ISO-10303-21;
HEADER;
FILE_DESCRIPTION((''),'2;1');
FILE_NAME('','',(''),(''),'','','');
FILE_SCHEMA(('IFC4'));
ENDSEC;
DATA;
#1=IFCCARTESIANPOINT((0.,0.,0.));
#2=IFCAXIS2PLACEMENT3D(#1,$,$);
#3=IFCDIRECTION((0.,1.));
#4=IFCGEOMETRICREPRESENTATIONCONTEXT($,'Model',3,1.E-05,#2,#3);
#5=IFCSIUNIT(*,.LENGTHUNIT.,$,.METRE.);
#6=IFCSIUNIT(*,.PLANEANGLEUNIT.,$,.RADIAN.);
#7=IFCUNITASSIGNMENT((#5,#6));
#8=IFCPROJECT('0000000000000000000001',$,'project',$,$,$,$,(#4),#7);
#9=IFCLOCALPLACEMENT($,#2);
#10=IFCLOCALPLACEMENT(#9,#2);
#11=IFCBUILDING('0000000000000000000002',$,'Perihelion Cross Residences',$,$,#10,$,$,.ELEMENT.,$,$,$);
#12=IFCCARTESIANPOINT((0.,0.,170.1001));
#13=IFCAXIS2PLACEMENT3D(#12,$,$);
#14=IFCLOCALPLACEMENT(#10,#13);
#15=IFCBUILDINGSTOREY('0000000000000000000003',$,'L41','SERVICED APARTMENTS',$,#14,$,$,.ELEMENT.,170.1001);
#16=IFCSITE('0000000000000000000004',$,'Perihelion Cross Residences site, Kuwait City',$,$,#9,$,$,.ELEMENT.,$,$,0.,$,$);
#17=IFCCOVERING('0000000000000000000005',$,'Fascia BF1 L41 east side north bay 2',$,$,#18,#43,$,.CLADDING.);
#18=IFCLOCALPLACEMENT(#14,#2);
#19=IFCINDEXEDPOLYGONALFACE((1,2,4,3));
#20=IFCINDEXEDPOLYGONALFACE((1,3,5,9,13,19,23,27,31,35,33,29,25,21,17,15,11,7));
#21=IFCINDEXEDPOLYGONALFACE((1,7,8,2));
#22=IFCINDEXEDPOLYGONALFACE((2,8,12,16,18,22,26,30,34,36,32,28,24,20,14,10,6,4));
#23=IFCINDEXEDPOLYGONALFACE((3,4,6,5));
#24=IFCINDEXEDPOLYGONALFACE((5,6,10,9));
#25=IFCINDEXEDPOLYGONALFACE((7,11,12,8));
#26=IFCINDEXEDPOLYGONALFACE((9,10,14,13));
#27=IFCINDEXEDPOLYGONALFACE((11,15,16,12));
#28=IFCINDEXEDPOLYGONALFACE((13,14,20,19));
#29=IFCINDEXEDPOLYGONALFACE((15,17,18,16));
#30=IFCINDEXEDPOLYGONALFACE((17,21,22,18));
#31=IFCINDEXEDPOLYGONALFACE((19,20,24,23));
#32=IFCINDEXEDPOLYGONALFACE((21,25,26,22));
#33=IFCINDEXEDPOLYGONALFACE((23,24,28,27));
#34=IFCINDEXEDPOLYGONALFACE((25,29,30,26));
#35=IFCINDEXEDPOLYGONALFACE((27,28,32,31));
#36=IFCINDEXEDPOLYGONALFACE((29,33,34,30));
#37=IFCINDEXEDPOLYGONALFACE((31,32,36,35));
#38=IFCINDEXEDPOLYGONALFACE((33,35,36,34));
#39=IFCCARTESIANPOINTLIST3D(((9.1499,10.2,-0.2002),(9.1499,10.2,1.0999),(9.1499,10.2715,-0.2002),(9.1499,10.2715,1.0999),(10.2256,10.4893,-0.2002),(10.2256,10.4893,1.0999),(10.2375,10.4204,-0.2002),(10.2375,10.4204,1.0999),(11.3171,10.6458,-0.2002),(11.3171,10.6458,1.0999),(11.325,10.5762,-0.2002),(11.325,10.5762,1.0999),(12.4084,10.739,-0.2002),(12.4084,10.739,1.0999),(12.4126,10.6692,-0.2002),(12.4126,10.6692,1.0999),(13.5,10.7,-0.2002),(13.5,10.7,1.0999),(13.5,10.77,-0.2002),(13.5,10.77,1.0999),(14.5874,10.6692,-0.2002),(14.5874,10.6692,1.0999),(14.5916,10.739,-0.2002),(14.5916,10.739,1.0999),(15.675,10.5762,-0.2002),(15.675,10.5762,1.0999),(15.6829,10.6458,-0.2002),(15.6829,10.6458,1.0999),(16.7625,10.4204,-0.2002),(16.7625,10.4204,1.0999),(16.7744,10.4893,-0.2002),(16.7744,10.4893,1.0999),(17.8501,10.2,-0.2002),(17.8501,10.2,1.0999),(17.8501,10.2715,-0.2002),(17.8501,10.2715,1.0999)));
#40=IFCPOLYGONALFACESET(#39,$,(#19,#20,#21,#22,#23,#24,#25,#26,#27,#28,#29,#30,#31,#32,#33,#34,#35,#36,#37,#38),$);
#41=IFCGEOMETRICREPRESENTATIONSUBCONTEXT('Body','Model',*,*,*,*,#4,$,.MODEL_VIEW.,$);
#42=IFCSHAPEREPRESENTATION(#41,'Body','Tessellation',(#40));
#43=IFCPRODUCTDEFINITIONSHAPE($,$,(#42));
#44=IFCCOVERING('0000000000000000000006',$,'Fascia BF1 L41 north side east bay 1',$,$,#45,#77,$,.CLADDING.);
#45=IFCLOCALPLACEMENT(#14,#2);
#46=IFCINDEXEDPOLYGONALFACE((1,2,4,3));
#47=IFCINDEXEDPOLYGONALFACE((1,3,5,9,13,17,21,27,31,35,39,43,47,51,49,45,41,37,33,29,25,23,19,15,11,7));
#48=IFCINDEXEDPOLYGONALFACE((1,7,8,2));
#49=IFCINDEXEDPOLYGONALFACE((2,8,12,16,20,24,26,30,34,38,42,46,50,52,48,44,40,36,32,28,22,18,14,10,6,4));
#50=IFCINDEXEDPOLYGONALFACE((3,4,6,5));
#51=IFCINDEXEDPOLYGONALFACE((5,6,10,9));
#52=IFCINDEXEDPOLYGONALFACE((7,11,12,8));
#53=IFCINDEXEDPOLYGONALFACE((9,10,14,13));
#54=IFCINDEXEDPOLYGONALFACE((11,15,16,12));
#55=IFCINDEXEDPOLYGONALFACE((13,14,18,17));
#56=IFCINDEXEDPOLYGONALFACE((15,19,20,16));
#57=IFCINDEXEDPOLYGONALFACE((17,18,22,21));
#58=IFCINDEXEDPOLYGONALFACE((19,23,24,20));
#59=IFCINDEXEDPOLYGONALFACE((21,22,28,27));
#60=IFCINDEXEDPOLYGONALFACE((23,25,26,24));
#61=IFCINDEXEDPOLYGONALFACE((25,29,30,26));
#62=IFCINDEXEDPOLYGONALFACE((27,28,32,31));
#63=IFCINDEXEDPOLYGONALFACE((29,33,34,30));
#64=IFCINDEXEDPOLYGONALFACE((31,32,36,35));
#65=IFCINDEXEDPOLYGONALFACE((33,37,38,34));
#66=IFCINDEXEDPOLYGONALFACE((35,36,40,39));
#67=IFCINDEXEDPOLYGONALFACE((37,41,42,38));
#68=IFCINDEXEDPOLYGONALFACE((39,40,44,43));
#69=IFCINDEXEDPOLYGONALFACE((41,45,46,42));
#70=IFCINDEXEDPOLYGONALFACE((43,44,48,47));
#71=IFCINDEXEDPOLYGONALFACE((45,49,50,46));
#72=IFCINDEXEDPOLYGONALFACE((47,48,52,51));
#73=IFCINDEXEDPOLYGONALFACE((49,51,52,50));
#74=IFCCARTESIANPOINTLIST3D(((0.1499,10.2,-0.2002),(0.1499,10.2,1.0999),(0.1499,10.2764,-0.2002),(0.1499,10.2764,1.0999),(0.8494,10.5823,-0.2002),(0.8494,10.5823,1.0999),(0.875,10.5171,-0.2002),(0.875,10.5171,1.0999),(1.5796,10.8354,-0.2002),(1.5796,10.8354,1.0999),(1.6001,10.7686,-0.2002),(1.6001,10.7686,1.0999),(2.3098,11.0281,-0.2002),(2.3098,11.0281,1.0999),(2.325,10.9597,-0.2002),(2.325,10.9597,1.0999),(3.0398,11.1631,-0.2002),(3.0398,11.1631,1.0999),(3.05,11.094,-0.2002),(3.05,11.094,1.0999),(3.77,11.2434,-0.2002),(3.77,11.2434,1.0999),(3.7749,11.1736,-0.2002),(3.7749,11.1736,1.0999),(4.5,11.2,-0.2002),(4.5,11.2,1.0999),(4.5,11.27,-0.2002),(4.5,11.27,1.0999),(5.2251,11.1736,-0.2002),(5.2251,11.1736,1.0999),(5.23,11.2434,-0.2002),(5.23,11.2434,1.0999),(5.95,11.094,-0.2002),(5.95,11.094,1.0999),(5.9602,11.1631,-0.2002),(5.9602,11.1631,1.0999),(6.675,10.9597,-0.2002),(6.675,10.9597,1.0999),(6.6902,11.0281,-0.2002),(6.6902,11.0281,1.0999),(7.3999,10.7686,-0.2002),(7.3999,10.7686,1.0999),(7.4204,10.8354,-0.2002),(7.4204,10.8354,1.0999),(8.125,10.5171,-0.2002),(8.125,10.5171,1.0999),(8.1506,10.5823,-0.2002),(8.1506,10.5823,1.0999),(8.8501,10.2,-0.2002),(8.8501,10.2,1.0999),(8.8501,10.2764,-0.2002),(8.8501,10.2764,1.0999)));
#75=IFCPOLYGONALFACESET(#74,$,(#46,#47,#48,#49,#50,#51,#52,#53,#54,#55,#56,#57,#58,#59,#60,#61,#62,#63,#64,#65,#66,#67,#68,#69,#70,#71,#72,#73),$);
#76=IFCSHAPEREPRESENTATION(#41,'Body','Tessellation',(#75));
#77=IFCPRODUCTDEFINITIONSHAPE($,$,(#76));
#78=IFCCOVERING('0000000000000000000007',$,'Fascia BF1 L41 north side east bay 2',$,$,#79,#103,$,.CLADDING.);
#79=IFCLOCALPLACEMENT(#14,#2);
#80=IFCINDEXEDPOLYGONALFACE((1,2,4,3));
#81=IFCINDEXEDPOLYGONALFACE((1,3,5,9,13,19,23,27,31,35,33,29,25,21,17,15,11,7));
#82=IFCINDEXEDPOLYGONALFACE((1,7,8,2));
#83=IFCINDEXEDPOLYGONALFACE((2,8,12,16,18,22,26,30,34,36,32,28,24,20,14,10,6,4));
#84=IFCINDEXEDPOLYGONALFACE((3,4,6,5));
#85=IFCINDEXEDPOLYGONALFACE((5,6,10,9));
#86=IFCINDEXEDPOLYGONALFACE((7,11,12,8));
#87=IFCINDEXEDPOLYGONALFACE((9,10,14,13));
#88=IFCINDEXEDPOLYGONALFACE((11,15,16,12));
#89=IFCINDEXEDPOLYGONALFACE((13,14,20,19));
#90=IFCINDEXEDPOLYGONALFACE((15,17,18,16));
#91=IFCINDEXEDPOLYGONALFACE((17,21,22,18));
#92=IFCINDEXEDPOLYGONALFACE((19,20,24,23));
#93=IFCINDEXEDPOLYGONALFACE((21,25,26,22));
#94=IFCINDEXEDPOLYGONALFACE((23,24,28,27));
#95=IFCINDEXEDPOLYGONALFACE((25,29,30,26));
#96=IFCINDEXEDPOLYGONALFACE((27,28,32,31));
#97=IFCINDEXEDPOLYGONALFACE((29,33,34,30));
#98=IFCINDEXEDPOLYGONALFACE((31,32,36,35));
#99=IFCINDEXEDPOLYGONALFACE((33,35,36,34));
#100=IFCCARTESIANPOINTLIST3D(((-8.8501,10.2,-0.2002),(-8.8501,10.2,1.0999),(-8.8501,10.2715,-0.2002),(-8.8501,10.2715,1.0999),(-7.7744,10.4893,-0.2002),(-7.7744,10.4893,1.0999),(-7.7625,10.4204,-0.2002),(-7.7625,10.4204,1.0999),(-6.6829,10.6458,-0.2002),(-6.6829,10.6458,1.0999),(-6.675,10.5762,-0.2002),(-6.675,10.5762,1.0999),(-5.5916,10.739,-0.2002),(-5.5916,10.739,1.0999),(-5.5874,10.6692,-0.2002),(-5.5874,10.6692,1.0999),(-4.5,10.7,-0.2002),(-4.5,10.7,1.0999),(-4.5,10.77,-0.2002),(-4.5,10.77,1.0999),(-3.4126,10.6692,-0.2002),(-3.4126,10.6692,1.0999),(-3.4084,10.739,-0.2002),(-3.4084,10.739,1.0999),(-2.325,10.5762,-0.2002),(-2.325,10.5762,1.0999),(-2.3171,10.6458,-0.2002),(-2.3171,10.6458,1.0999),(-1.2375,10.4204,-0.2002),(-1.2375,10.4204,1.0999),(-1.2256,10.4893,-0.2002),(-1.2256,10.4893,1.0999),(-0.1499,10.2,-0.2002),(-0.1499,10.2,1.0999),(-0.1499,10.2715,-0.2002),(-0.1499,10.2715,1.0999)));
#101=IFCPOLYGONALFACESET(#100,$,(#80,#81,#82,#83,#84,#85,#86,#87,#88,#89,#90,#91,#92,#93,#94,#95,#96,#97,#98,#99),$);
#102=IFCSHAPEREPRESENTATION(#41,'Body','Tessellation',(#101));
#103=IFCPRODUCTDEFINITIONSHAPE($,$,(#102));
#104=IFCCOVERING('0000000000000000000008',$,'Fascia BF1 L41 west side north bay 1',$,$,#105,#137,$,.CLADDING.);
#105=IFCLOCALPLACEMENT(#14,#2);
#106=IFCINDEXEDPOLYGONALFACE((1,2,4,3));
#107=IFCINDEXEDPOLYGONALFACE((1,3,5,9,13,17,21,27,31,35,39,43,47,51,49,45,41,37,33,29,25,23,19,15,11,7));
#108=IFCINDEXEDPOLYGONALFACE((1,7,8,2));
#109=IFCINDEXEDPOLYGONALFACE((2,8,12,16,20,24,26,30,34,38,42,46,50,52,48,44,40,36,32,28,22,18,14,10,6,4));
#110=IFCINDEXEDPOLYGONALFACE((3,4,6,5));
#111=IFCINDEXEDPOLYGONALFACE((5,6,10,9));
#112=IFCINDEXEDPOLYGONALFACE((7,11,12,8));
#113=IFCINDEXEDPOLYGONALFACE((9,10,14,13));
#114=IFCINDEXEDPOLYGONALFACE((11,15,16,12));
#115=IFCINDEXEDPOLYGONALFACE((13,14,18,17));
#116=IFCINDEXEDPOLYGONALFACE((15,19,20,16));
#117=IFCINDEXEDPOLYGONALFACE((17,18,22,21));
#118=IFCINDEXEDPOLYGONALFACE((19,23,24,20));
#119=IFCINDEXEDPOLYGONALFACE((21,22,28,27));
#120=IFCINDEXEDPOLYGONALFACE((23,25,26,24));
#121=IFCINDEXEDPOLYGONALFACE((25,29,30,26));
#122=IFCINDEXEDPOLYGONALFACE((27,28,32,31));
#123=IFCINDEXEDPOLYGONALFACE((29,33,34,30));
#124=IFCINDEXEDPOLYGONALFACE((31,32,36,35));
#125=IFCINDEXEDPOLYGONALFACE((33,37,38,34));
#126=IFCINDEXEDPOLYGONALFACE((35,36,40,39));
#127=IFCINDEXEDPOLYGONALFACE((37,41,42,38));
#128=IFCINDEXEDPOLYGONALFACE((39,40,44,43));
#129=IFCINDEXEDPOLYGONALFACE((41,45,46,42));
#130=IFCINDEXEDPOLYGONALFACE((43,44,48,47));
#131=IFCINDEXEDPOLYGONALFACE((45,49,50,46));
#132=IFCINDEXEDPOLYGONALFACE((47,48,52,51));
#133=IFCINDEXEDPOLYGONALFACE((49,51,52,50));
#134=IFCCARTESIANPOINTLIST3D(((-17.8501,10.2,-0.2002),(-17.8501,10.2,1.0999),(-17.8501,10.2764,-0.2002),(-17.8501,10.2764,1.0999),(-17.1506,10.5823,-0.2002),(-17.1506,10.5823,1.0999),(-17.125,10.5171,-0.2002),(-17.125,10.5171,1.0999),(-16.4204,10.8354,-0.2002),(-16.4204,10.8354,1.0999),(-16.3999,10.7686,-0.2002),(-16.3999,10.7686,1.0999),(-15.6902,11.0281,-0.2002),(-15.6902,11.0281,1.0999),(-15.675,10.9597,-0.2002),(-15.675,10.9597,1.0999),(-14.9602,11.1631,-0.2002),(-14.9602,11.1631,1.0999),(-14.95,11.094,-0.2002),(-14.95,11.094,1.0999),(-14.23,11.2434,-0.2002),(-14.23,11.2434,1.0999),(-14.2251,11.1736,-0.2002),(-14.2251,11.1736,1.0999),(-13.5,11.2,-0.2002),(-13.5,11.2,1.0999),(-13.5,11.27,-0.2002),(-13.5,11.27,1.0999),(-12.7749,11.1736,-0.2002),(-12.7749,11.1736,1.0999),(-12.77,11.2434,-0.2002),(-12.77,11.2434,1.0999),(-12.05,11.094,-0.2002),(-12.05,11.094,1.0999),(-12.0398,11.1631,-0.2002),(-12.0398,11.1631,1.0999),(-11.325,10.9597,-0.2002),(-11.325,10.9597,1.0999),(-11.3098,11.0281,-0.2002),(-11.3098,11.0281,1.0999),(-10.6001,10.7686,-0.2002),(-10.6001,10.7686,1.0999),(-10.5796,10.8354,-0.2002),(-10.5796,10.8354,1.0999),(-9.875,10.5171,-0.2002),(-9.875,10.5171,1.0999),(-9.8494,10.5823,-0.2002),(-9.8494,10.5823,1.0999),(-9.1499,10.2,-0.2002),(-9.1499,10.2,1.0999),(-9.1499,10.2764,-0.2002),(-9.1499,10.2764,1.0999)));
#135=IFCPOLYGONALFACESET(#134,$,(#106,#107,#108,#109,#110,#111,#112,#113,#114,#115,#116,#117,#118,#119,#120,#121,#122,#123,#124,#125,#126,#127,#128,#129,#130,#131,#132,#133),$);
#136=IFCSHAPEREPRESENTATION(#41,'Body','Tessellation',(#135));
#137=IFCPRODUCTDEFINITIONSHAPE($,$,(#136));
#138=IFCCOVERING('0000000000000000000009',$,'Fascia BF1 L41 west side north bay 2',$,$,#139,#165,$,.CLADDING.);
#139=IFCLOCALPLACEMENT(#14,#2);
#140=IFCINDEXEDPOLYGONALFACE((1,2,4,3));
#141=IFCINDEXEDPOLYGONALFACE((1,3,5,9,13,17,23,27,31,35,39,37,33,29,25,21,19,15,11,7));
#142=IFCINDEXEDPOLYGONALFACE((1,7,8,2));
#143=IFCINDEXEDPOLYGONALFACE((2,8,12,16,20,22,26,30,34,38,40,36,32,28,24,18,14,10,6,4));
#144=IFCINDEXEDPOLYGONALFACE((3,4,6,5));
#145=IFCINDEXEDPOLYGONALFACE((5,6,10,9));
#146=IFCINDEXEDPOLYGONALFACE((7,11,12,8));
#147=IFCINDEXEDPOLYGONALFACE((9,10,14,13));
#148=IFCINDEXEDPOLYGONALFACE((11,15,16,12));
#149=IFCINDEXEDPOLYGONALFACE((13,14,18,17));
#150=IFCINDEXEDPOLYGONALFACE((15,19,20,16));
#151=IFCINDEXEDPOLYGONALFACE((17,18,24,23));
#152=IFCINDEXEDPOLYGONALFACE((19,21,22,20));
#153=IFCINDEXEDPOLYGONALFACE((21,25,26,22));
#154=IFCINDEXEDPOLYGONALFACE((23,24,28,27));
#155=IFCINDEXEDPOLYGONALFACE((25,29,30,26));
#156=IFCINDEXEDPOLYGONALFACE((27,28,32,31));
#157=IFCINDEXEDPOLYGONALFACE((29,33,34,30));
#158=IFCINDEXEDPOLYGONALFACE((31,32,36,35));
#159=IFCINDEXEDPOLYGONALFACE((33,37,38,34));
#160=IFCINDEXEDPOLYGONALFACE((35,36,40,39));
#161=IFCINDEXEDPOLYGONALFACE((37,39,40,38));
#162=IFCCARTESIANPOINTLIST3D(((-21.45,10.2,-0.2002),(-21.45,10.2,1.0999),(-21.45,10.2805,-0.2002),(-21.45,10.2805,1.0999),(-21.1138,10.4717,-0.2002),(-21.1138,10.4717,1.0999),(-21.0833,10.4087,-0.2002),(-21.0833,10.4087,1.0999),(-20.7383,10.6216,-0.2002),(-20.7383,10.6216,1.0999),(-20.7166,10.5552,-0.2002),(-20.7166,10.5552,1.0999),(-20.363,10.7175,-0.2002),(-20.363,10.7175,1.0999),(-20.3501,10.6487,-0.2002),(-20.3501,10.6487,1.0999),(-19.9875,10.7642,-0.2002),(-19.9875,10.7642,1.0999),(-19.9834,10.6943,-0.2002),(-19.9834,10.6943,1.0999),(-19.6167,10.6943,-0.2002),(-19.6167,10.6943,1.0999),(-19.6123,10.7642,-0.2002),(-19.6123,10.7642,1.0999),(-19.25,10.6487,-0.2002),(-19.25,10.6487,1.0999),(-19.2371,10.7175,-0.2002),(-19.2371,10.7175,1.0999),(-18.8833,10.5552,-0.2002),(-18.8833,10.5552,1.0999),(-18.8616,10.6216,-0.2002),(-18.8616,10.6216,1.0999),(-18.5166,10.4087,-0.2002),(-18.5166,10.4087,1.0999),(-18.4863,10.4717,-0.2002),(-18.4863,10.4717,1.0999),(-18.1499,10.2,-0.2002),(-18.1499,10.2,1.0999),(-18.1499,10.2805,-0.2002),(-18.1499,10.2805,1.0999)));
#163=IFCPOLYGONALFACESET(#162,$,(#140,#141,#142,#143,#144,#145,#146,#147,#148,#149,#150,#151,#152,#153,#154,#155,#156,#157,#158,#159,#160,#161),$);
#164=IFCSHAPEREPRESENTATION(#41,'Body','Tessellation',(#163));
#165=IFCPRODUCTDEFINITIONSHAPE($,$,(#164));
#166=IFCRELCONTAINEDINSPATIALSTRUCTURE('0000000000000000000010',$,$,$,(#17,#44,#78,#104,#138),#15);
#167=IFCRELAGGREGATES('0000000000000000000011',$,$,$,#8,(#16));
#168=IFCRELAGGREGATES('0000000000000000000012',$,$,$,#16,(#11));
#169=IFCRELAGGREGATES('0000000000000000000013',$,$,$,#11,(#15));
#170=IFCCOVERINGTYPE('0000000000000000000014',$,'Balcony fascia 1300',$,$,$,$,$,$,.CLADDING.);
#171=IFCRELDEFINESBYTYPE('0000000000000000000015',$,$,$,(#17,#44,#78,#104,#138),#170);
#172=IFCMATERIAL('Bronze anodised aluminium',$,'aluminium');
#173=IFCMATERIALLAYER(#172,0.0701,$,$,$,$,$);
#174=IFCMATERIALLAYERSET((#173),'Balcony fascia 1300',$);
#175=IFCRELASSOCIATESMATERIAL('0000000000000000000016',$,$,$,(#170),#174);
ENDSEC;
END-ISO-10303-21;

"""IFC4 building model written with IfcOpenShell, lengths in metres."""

from ifc_helpers import new_model, si_unit, direction, frame, origin, place, context, subcontext, project, spatial, polyline, outline, extrude, material, layer, layer_set, type_object, element, save


model = new_model("IFC4")

# Units and contexts
model_context = context("Model", 3, precision=1e-05, world=origin(), true_north=direction((0.0, 1.0)))
body_context = subcontext(model_context, "Body", "Model", "MODEL_VIEW")
ifc_project = project(units=[si_unit("LENGTHUNIT", "METRE"), si_unit("PLANEANGLEUNIT", "RADIAN")], contexts=[model_context])

# Site, building, storey
site_placement = place(None, origin())
site = spatial("IfcSite", under=ifc_project, at=site_placement, Name="Perihelion Cross Residences site, Kuwait City", CompositionType="ELEMENT", RefElevation=0.0)
building_placement = place(site_placement, origin())
building = spatial("IfcBuilding", under=site, at=building_placement, Name="Perihelion Cross Residences", CompositionType="ELEMENT")
storey_placement = place(building_placement, frame((0.0, 0.0, 170.1001)))
storey = spatial("IfcBuildingStorey", under=building, at=storey_placement, Name="L41", Description="SERVICED APARTMENTS", CompositionType="ELEMENT", Elevation=170.1001)

# Coverings
ifc_material_1 = material(Name="Bronze anodised aluminium", Category="aluminium")
ifc_layer_1 = layer(ifc_material_1, 0.0701)
ifc_layer_set_1 = layer_set([ifc_layer_1], Name="Balcony fascia 1300")
covering_type = type_object("IfcCoveringType", Name="Balcony fascia 1300", PredefinedType="CLADDING", material=ifc_layer_set_1)
covering_1_placement = place(storey_placement, frame((0.0, 0.0, -0.2002)))
element("IfcCovering", 1, at=covering_1_placement, inside=storey, type_object=covering_type, Name="Fascia BF1 L41 east side north bay 2", PredefinedType="CLADDING", context=body_context, shape_type="SweptSolid", body=[
    extrude(outline(polyline([(16.7744, 10.4893), (15.6829, 10.6458), (14.5916, 10.739), (13.5, 10.77), (12.4084, 10.739), (11.3171, 10.6458), (10.2256, 10.4893), (9.1499, 10.2715), (9.1499, 10.2), (10.2375, 10.4204), (11.325, 10.5762), (12.4126, 10.6692), (13.5, 10.7), (14.5874, 10.6692), (15.675, 10.5762), (16.7625, 10.4204), (17.8501, 10.2), (17.8501, 10.2715), (16.7744, 10.4893)])), origin(), (0.0, 0.0, 1.0), 1.3),
])
covering_2_placement = place(storey_placement, frame((0.0, 0.0, -0.2002)))
element("IfcCovering", 2, at=covering_2_placement, inside=storey, type_object=covering_type, Name="Fascia BF1 L41 north side east bay 1", PredefinedType="CLADDING", context=body_context, shape_type="SweptSolid", body=[
    extrude(outline(polyline([(8.1506, 10.5823), (7.4204, 10.8354), (6.6902, 11.0281), (5.9602, 11.1631), (5.23, 11.2434), (4.5, 11.27), (3.77, 11.2434), (3.0398, 11.1631), (2.3098, 11.0281), (1.5796, 10.8354), (0.8494, 10.5823), (0.1499, 10.2764), (0.1499, 10.2), (0.875, 10.5171), (1.6001, 10.7686), (2.325, 10.9597), (3.05, 11.094), (3.7749, 11.1736), (4.5, 11.2), (5.2251, 11.1736), (5.95, 11.094), (6.675, 10.9597), (7.3999, 10.7686), (8.125, 10.5171), (8.8501, 10.2), (8.8501, 10.2764), (8.1506, 10.5823)])), origin(), (0.0, 0.0, 1.0), 1.3),
])
covering_3_placement = place(storey_placement, frame((0.0, 0.0, -0.2002)))
element("IfcCovering", 3, at=covering_3_placement, inside=storey, type_object=covering_type, Name="Fascia BF1 L41 north side east bay 2", PredefinedType="CLADDING", context=body_context, shape_type="SweptSolid", body=[
    extrude(outline(polyline([(-1.2256, 10.4893), (-2.3171, 10.6458), (-3.4084, 10.739), (-4.5, 10.77), (-5.5916, 10.739), (-6.6829, 10.6458), (-7.7744, 10.4893), (-8.8501, 10.2715), (-8.8501, 10.2), (-7.7625, 10.4204), (-6.675, 10.5762), (-5.5874, 10.6692), (-4.5, 10.7), (-3.4126, 10.6692), (-2.325, 10.5762), (-1.2375, 10.4204), (-0.1499, 10.2), (-0.1499, 10.2715), (-1.2256, 10.4893)])), origin(), (0.0, 0.0, 1.0), 1.3),
])
covering_4_placement = place(storey_placement, frame((0.0, 0.0, -0.2002)))
element("IfcCovering", 4, at=covering_4_placement, inside=storey, type_object=covering_type, Name="Fascia BF1 L41 west side north bay 1", PredefinedType="CLADDING", context=body_context, shape_type="SweptSolid", body=[
    extrude(outline(polyline([(-9.8494, 10.5823), (-10.5796, 10.8354), (-11.3098, 11.0281), (-12.0398, 11.1631), (-12.77, 11.2434), (-13.5, 11.27), (-14.23, 11.2434), (-14.9602, 11.1631), (-15.6902, 11.0281), (-16.4204, 10.8354), (-17.1506, 10.5823), (-17.8501, 10.2764), (-17.8501, 10.2), (-17.125, 10.5171), (-16.3999, 10.7686), (-15.675, 10.9597), (-14.95, 11.094), (-14.2251, 11.1736), (-13.5, 11.2), (-12.7749, 11.1736), (-12.05, 11.094), (-11.325, 10.9597), (-10.6001, 10.7686), (-9.875, 10.5171), (-9.1499, 10.2), (-9.1499, 10.2764), (-9.8494, 10.5823)])), origin(), (0.0, 0.0, 1.0), 1.3),
])
covering_5_placement = place(storey_placement, frame((0.0, 0.0, -0.2002)))
element("IfcCovering", 5, at=covering_5_placement, inside=storey, type_object=covering_type, Name="Fascia BF1 L41 west side north bay 2", PredefinedType="CLADDING", context=body_context, shape_type="SweptSolid", body=[
    extrude(outline(polyline([(-18.4863, 10.4717), (-18.8616, 10.6216), (-19.2371, 10.7175), (-19.6123, 10.7642), (-19.9875, 10.7642), (-20.363, 10.7175), (-20.7383, 10.6216), (-21.1138, 10.4717), (-21.45, 10.2805), (-21.45, 10.2), (-21.0833, 10.4087), (-20.7166, 10.5552), (-20.3501, 10.6487), (-19.9834, 10.6943), (-19.6167, 10.6943), (-19.25, 10.6487), (-18.8833, 10.5552), (-18.5166, 10.4087), (-18.1499, 10.2), (-18.1499, 10.2805), (-18.4863, 10.4717)])), origin(), (0.0, 0.0, 1.0), 1.3),
])

save(model, "model.ifc")
